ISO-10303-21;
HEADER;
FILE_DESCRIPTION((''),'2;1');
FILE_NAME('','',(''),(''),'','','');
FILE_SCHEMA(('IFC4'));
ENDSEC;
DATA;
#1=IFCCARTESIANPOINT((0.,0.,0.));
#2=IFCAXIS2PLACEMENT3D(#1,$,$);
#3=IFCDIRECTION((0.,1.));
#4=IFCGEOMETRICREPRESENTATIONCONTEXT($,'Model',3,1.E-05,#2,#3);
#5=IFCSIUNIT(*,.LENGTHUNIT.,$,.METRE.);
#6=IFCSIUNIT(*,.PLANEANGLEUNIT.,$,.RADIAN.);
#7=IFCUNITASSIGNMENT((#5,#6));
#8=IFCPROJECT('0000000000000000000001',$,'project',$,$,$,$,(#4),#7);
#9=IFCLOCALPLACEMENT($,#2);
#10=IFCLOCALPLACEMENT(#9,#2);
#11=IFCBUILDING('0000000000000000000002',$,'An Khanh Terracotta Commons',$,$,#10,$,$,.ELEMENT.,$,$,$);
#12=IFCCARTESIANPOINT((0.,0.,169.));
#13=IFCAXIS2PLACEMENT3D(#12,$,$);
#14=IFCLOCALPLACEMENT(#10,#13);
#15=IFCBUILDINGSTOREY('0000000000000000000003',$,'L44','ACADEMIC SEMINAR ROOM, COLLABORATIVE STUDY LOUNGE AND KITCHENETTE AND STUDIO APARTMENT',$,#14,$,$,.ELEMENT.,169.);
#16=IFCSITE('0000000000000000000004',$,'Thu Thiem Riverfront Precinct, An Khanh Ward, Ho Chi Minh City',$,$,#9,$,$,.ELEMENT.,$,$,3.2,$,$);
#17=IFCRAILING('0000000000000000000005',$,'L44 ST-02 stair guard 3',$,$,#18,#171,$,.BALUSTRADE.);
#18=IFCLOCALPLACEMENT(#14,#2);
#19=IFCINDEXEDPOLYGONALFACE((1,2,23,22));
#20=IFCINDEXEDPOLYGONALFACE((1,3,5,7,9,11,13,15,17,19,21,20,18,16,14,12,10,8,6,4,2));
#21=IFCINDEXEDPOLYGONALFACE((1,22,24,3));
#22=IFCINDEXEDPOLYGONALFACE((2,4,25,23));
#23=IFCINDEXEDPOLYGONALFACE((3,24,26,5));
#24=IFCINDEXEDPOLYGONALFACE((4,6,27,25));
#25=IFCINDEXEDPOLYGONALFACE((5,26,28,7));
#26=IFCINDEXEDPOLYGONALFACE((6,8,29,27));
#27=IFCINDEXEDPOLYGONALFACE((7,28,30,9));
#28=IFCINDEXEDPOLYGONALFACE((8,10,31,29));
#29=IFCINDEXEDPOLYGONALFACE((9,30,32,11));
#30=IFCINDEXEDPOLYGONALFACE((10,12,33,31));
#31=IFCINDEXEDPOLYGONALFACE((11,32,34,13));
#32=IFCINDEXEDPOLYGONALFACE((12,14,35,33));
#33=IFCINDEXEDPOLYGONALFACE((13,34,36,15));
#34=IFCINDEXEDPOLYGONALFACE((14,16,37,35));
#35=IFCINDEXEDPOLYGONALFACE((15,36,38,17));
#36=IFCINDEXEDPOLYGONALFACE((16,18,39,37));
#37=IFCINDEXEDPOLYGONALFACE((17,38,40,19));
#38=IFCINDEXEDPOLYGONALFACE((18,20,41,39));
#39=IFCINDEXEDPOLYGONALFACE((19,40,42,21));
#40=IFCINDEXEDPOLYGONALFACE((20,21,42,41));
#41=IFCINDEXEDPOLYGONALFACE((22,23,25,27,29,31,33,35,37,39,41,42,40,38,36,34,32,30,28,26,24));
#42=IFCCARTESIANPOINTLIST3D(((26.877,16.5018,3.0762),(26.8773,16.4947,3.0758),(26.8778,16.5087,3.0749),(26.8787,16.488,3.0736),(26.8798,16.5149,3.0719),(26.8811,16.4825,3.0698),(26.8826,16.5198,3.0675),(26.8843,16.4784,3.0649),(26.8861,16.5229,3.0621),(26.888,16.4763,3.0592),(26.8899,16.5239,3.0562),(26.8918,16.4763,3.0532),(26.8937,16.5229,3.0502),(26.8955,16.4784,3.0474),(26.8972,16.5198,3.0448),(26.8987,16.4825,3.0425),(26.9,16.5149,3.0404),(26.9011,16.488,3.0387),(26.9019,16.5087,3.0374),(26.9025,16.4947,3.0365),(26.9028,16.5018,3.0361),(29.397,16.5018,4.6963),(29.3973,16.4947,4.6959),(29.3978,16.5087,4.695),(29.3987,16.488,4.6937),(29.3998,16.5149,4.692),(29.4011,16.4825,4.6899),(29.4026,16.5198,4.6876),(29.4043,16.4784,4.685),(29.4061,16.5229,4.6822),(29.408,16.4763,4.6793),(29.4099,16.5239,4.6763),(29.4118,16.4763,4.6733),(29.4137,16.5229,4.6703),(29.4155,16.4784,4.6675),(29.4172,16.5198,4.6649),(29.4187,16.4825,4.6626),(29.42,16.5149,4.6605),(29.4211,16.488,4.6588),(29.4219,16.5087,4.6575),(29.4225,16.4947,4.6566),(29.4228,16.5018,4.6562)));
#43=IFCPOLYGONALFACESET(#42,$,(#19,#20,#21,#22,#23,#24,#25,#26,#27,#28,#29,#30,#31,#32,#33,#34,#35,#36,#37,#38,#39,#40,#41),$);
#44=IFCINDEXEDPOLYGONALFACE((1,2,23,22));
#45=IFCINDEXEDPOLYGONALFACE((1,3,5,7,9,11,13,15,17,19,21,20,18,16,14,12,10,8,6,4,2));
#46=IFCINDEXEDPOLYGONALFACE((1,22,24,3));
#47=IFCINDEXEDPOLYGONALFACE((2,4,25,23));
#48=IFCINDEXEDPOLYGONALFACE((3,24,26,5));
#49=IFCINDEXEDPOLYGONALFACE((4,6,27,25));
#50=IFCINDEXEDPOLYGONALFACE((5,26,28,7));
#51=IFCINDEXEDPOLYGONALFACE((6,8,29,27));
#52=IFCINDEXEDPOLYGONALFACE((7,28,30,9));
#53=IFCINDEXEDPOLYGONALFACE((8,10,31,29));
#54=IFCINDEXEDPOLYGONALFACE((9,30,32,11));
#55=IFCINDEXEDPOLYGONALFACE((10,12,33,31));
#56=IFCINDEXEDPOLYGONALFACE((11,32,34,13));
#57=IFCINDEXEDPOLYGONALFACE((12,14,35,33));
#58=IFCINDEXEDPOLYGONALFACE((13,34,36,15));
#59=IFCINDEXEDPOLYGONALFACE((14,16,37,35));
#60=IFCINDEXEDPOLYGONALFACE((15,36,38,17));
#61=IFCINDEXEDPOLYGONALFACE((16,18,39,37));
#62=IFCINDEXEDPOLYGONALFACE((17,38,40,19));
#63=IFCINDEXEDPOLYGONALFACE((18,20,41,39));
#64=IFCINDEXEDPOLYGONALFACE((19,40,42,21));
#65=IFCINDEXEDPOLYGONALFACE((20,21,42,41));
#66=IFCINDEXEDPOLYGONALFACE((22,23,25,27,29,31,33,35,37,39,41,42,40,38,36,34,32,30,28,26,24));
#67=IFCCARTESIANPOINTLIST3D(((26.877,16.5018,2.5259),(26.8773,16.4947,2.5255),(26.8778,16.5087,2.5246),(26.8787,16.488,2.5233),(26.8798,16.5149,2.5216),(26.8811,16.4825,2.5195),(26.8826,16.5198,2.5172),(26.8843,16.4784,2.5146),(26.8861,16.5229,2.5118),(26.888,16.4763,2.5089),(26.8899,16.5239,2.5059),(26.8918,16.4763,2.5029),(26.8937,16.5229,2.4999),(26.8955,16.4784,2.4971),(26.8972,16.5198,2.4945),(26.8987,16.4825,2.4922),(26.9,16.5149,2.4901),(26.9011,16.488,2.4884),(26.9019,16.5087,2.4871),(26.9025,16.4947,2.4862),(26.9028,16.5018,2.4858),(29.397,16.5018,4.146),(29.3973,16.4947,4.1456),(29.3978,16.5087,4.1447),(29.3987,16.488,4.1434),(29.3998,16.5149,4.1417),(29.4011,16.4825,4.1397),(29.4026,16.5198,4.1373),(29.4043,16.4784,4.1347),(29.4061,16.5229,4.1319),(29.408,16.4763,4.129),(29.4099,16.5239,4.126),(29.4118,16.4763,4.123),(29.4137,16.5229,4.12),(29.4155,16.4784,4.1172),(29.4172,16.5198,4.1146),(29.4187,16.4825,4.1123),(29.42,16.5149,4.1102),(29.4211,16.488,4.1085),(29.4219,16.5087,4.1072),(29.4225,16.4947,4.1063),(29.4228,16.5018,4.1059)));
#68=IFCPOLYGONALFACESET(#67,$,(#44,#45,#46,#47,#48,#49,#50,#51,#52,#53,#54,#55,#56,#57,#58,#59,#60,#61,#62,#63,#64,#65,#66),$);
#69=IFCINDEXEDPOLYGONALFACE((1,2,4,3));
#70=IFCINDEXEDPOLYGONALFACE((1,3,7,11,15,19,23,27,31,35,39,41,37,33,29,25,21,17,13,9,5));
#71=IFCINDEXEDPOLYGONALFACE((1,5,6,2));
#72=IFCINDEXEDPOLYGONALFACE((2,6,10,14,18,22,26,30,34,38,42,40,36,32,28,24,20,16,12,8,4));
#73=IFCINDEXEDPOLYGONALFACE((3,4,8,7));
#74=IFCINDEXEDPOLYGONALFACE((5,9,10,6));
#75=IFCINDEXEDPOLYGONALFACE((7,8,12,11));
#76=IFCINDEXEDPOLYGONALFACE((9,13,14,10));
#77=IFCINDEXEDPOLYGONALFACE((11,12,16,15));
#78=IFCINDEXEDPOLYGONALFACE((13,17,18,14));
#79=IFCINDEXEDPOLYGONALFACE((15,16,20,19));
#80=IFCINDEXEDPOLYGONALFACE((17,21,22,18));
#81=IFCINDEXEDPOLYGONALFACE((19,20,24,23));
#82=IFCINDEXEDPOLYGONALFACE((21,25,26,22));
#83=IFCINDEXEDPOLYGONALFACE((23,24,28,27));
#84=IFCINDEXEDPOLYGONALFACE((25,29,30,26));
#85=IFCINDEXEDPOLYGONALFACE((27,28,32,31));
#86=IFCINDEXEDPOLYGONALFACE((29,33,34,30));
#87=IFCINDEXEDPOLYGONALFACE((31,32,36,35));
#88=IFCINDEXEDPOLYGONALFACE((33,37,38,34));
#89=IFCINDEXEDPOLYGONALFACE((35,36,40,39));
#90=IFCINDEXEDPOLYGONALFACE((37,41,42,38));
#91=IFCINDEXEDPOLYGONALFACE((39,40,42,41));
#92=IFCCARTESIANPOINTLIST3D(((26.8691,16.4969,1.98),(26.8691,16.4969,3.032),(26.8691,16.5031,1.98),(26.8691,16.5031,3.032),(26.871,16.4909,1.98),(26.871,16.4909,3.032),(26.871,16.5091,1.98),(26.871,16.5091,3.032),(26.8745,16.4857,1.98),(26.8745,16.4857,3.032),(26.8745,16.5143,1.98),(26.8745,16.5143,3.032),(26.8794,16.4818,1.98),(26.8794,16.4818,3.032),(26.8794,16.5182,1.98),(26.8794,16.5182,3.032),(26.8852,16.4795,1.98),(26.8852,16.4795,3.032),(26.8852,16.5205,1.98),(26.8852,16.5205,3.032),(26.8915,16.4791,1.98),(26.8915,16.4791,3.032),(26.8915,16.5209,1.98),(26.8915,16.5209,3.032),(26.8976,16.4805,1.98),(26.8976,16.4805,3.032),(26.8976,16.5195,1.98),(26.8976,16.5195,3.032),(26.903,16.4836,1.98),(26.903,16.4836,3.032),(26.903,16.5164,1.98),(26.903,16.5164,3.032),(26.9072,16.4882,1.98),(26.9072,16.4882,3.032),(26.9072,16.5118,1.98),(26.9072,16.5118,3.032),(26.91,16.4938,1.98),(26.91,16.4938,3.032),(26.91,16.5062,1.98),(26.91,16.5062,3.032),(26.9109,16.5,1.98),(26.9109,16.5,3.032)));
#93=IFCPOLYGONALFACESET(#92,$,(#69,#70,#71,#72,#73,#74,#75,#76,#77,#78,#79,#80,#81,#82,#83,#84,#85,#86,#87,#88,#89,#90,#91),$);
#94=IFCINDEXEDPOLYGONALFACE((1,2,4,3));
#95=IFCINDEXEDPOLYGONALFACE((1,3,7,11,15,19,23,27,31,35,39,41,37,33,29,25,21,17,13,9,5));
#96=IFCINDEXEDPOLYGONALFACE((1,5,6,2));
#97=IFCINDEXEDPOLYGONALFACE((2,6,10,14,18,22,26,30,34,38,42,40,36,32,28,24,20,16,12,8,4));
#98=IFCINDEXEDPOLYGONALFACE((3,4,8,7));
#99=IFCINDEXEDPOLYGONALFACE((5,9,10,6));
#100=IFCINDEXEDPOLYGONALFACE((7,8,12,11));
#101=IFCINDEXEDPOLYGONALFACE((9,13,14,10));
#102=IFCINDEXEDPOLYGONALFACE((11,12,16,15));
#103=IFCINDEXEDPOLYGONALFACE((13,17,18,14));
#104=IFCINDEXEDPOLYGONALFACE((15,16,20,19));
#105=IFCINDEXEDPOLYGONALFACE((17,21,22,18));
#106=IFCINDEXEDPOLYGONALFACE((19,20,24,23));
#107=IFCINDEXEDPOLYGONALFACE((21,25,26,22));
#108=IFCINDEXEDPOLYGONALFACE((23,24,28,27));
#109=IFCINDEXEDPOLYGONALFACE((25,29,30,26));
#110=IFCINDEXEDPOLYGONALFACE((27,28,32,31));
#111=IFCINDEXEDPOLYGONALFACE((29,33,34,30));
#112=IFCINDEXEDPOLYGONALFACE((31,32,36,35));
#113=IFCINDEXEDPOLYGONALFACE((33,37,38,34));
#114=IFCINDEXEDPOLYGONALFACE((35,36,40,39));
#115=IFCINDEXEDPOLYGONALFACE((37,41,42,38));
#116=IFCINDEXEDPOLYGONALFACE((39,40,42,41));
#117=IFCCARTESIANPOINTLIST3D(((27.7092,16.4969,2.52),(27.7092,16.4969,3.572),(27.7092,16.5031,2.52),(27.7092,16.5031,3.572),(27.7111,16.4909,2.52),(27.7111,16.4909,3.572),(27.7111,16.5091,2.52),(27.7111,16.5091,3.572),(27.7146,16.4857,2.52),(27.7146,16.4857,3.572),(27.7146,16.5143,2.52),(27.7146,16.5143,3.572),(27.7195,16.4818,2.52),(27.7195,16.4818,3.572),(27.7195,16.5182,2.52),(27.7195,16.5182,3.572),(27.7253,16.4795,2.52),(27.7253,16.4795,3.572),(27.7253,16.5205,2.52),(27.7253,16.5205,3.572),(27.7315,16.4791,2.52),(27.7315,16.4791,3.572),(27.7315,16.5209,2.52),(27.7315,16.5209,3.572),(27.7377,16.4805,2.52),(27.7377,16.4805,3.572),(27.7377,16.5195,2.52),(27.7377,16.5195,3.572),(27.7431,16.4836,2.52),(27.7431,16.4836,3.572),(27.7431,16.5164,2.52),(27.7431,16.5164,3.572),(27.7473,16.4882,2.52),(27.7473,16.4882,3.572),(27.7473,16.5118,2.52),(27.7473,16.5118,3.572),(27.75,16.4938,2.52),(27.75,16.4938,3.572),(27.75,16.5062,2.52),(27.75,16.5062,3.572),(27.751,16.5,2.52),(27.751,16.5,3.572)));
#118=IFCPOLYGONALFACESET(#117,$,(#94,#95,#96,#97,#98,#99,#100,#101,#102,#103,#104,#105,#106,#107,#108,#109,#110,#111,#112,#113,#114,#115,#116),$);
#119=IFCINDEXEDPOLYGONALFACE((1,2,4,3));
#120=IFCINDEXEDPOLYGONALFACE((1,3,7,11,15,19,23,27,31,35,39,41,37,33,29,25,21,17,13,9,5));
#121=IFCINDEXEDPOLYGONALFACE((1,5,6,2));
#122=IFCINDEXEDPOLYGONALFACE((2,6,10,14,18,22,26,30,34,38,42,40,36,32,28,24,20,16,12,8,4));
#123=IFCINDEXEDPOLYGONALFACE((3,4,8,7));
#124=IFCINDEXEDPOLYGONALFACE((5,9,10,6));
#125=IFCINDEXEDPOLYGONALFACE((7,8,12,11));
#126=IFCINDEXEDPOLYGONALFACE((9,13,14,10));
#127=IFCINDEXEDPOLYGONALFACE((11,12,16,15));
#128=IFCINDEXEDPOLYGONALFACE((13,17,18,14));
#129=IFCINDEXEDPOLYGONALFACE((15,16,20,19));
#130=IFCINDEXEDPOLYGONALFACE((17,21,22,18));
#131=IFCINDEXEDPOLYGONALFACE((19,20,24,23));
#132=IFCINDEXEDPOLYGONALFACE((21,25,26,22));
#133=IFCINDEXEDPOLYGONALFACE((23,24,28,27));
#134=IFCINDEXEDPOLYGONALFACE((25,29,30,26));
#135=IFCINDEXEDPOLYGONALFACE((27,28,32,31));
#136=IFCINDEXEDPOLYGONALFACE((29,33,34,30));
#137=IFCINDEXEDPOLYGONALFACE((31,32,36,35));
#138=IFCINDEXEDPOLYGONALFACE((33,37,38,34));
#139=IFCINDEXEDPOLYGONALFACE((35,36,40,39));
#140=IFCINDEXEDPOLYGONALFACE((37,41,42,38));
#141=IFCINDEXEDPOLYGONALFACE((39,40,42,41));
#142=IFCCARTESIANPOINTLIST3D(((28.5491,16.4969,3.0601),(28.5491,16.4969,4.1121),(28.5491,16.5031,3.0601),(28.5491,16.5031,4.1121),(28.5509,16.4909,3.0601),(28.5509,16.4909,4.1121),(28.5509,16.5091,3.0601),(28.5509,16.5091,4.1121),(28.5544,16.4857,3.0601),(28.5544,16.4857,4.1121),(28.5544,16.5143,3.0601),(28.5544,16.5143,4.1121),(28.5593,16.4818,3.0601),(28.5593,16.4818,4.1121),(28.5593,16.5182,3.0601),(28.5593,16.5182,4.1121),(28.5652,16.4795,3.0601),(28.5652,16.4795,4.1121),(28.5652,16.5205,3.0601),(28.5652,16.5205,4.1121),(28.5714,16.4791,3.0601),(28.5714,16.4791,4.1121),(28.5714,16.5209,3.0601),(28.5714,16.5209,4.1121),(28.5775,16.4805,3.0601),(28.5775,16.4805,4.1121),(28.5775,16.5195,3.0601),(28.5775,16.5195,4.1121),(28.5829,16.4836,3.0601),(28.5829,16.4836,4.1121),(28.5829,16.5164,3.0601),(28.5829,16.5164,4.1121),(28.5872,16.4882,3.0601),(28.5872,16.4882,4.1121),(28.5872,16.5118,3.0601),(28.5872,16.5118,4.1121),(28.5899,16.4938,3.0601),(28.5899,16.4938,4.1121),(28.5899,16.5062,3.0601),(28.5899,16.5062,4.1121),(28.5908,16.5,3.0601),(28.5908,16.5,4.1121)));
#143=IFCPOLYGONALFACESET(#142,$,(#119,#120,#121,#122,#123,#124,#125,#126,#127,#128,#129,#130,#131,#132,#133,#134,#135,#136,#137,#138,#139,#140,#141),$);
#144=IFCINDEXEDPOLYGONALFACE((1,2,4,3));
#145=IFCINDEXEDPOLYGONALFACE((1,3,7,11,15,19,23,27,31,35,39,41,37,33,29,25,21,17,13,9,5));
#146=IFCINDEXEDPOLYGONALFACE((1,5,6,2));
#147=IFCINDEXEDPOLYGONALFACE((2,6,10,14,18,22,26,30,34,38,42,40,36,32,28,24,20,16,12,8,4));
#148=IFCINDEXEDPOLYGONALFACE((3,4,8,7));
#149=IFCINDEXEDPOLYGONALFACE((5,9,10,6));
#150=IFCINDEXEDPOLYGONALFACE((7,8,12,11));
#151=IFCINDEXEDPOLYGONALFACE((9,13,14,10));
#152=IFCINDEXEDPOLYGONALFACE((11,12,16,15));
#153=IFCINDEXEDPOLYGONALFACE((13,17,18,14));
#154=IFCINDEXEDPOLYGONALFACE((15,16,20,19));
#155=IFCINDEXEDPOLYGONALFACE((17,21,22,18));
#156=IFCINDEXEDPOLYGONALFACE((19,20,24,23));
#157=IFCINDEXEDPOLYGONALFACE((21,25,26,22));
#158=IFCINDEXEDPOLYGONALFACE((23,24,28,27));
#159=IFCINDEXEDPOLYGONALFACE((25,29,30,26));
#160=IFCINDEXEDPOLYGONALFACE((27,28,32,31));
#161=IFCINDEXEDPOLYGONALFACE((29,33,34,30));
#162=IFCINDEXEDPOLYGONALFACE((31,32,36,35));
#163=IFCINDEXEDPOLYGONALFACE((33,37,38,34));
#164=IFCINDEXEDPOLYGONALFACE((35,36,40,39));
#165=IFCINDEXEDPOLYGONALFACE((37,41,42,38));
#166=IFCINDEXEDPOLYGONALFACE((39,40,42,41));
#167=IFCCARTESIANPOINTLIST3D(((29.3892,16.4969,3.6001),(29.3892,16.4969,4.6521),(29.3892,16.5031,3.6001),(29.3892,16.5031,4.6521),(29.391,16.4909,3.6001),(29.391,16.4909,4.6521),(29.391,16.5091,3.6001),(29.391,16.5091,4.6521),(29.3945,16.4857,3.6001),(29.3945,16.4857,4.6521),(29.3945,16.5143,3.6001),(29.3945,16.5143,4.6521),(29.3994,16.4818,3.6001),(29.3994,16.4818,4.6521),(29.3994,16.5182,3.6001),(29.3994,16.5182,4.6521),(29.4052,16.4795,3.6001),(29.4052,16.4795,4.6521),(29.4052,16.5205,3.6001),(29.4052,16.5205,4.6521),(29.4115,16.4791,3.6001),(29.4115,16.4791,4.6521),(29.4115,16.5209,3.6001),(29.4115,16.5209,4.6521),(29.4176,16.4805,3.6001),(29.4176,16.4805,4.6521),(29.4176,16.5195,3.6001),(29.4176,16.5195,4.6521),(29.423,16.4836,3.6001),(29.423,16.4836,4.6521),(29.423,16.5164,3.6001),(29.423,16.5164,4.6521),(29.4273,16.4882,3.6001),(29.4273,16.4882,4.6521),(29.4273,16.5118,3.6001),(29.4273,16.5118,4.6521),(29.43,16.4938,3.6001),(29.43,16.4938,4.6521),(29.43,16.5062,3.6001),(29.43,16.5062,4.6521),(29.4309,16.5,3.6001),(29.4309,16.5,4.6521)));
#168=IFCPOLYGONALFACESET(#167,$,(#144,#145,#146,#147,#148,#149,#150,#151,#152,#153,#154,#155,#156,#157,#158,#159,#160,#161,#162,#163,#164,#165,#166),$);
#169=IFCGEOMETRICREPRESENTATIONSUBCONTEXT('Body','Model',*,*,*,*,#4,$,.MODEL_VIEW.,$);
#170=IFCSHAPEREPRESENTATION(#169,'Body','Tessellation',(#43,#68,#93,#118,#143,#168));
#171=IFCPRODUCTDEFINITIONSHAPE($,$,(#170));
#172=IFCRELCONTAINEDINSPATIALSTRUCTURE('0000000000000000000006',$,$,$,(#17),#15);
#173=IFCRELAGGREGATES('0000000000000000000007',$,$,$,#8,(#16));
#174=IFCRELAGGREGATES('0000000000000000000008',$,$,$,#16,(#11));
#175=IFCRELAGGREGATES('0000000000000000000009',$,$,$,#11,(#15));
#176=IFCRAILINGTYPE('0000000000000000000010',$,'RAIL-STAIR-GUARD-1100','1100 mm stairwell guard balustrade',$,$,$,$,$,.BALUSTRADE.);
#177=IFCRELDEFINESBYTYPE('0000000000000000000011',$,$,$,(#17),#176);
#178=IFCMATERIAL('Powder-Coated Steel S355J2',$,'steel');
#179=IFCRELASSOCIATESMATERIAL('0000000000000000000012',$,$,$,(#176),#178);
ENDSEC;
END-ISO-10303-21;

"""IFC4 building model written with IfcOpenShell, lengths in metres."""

from ifc_helpers import new_model, si_unit, direction, frame, origin, origin_2d, place, context, subcontext, project, spatial, circle, extrude, material, type_object, element, save


model = new_model("IFC4")

# Units and contexts
model_context = context("Model", 3, precision=1e-05, world=origin(), true_north=direction((0.0, 1.0)))
body_context = subcontext(model_context, "Body", "Model", "MODEL_VIEW")
ifc_project = project(units=[si_unit("LENGTHUNIT", "METRE"), si_unit("PLANEANGLEUNIT", "RADIAN")], contexts=[model_context])

# Site, building, storey
site_placement = place(None, origin())
site = spatial("IfcSite", under=ifc_project, at=site_placement, Name="Thu Thiem Riverfront Precinct, An Khanh Ward, Ho Chi Minh City", CompositionType="ELEMENT", RefElevation=3.2)
building_placement = place(site_placement, origin())
building = spatial("IfcBuilding", under=site, at=building_placement, Name="An Khanh Terracotta Commons", CompositionType="ELEMENT")
storey_placement = place(building_placement, frame((0.0, 0.0, 169.0)))
storey = spatial("IfcBuildingStorey", under=building, at=storey_placement, Name="L44", Description="ACADEMIC SEMINAR ROOM, COLLABORATIVE STUDY LOUNGE AND KITCHENETTE AND STUDIO APARTMENT", CompositionType="ELEMENT", Elevation=169.0)

# Railing
ifc_material_1 = material(Name="Powder-Coated Steel S355J2", Category="steel")
railing_type_1 = type_object("IfcRailingType", Name="RAIL-STAIR-GUARD-1100", Description="1100 mm stairwell guard balustrade", PredefinedType="BALUSTRADE", material=ifc_material_1)
railing_1_placement = place(storey_placement, frame((26.8899, 16.5, 1.98)))
element("IfcRailing", 1, at=railing_1_placement, inside=storey, type_object=railing_type_1, Name="L44 ST-02 stair guard 3", PredefinedType="BALUSTRADE", context=body_context, shape_type="SweptSolid", body=[
    extrude(circle(Radius=0.0239, at=origin_2d()), frame((0.0, 0.0, 1.0762), z_axis=(0.841163, 0.0, 0.540782), x_axis=(0.0, 1.0, 0.0)), (0.0, 0.0, 1.0), 2.9958),
    extrude(circle(Radius=0.0239, at=origin_2d()), frame((0.0, 0.0, 0.5259), z_axis=(0.841163, 0.0, 0.540782), x_axis=(0.0, 1.0, 0.0)), (0.0, 0.0, 1.0), 2.9958),
    extrude(circle(Radius=0.021, at=origin_2d()), origin(), (0.0, 0.0, 1.0), 1.052),
    extrude(circle(Radius=0.021, at=origin_2d()), frame((0.8401, 0.0, 0.54)), (0.0, 0.0, 1.0), 1.052),
    extrude(circle(Radius=0.021, at=origin_2d()), frame((1.6799, 0.0, 1.0801)), (0.0, 0.0, 1.0), 1.052),
    extrude(circle(Radius=0.021, at=origin_2d()), frame((2.52, 0.0, 1.6201)), (0.0, 0.0, 1.0), 1.052),
])

save(model, "model.ifc")
